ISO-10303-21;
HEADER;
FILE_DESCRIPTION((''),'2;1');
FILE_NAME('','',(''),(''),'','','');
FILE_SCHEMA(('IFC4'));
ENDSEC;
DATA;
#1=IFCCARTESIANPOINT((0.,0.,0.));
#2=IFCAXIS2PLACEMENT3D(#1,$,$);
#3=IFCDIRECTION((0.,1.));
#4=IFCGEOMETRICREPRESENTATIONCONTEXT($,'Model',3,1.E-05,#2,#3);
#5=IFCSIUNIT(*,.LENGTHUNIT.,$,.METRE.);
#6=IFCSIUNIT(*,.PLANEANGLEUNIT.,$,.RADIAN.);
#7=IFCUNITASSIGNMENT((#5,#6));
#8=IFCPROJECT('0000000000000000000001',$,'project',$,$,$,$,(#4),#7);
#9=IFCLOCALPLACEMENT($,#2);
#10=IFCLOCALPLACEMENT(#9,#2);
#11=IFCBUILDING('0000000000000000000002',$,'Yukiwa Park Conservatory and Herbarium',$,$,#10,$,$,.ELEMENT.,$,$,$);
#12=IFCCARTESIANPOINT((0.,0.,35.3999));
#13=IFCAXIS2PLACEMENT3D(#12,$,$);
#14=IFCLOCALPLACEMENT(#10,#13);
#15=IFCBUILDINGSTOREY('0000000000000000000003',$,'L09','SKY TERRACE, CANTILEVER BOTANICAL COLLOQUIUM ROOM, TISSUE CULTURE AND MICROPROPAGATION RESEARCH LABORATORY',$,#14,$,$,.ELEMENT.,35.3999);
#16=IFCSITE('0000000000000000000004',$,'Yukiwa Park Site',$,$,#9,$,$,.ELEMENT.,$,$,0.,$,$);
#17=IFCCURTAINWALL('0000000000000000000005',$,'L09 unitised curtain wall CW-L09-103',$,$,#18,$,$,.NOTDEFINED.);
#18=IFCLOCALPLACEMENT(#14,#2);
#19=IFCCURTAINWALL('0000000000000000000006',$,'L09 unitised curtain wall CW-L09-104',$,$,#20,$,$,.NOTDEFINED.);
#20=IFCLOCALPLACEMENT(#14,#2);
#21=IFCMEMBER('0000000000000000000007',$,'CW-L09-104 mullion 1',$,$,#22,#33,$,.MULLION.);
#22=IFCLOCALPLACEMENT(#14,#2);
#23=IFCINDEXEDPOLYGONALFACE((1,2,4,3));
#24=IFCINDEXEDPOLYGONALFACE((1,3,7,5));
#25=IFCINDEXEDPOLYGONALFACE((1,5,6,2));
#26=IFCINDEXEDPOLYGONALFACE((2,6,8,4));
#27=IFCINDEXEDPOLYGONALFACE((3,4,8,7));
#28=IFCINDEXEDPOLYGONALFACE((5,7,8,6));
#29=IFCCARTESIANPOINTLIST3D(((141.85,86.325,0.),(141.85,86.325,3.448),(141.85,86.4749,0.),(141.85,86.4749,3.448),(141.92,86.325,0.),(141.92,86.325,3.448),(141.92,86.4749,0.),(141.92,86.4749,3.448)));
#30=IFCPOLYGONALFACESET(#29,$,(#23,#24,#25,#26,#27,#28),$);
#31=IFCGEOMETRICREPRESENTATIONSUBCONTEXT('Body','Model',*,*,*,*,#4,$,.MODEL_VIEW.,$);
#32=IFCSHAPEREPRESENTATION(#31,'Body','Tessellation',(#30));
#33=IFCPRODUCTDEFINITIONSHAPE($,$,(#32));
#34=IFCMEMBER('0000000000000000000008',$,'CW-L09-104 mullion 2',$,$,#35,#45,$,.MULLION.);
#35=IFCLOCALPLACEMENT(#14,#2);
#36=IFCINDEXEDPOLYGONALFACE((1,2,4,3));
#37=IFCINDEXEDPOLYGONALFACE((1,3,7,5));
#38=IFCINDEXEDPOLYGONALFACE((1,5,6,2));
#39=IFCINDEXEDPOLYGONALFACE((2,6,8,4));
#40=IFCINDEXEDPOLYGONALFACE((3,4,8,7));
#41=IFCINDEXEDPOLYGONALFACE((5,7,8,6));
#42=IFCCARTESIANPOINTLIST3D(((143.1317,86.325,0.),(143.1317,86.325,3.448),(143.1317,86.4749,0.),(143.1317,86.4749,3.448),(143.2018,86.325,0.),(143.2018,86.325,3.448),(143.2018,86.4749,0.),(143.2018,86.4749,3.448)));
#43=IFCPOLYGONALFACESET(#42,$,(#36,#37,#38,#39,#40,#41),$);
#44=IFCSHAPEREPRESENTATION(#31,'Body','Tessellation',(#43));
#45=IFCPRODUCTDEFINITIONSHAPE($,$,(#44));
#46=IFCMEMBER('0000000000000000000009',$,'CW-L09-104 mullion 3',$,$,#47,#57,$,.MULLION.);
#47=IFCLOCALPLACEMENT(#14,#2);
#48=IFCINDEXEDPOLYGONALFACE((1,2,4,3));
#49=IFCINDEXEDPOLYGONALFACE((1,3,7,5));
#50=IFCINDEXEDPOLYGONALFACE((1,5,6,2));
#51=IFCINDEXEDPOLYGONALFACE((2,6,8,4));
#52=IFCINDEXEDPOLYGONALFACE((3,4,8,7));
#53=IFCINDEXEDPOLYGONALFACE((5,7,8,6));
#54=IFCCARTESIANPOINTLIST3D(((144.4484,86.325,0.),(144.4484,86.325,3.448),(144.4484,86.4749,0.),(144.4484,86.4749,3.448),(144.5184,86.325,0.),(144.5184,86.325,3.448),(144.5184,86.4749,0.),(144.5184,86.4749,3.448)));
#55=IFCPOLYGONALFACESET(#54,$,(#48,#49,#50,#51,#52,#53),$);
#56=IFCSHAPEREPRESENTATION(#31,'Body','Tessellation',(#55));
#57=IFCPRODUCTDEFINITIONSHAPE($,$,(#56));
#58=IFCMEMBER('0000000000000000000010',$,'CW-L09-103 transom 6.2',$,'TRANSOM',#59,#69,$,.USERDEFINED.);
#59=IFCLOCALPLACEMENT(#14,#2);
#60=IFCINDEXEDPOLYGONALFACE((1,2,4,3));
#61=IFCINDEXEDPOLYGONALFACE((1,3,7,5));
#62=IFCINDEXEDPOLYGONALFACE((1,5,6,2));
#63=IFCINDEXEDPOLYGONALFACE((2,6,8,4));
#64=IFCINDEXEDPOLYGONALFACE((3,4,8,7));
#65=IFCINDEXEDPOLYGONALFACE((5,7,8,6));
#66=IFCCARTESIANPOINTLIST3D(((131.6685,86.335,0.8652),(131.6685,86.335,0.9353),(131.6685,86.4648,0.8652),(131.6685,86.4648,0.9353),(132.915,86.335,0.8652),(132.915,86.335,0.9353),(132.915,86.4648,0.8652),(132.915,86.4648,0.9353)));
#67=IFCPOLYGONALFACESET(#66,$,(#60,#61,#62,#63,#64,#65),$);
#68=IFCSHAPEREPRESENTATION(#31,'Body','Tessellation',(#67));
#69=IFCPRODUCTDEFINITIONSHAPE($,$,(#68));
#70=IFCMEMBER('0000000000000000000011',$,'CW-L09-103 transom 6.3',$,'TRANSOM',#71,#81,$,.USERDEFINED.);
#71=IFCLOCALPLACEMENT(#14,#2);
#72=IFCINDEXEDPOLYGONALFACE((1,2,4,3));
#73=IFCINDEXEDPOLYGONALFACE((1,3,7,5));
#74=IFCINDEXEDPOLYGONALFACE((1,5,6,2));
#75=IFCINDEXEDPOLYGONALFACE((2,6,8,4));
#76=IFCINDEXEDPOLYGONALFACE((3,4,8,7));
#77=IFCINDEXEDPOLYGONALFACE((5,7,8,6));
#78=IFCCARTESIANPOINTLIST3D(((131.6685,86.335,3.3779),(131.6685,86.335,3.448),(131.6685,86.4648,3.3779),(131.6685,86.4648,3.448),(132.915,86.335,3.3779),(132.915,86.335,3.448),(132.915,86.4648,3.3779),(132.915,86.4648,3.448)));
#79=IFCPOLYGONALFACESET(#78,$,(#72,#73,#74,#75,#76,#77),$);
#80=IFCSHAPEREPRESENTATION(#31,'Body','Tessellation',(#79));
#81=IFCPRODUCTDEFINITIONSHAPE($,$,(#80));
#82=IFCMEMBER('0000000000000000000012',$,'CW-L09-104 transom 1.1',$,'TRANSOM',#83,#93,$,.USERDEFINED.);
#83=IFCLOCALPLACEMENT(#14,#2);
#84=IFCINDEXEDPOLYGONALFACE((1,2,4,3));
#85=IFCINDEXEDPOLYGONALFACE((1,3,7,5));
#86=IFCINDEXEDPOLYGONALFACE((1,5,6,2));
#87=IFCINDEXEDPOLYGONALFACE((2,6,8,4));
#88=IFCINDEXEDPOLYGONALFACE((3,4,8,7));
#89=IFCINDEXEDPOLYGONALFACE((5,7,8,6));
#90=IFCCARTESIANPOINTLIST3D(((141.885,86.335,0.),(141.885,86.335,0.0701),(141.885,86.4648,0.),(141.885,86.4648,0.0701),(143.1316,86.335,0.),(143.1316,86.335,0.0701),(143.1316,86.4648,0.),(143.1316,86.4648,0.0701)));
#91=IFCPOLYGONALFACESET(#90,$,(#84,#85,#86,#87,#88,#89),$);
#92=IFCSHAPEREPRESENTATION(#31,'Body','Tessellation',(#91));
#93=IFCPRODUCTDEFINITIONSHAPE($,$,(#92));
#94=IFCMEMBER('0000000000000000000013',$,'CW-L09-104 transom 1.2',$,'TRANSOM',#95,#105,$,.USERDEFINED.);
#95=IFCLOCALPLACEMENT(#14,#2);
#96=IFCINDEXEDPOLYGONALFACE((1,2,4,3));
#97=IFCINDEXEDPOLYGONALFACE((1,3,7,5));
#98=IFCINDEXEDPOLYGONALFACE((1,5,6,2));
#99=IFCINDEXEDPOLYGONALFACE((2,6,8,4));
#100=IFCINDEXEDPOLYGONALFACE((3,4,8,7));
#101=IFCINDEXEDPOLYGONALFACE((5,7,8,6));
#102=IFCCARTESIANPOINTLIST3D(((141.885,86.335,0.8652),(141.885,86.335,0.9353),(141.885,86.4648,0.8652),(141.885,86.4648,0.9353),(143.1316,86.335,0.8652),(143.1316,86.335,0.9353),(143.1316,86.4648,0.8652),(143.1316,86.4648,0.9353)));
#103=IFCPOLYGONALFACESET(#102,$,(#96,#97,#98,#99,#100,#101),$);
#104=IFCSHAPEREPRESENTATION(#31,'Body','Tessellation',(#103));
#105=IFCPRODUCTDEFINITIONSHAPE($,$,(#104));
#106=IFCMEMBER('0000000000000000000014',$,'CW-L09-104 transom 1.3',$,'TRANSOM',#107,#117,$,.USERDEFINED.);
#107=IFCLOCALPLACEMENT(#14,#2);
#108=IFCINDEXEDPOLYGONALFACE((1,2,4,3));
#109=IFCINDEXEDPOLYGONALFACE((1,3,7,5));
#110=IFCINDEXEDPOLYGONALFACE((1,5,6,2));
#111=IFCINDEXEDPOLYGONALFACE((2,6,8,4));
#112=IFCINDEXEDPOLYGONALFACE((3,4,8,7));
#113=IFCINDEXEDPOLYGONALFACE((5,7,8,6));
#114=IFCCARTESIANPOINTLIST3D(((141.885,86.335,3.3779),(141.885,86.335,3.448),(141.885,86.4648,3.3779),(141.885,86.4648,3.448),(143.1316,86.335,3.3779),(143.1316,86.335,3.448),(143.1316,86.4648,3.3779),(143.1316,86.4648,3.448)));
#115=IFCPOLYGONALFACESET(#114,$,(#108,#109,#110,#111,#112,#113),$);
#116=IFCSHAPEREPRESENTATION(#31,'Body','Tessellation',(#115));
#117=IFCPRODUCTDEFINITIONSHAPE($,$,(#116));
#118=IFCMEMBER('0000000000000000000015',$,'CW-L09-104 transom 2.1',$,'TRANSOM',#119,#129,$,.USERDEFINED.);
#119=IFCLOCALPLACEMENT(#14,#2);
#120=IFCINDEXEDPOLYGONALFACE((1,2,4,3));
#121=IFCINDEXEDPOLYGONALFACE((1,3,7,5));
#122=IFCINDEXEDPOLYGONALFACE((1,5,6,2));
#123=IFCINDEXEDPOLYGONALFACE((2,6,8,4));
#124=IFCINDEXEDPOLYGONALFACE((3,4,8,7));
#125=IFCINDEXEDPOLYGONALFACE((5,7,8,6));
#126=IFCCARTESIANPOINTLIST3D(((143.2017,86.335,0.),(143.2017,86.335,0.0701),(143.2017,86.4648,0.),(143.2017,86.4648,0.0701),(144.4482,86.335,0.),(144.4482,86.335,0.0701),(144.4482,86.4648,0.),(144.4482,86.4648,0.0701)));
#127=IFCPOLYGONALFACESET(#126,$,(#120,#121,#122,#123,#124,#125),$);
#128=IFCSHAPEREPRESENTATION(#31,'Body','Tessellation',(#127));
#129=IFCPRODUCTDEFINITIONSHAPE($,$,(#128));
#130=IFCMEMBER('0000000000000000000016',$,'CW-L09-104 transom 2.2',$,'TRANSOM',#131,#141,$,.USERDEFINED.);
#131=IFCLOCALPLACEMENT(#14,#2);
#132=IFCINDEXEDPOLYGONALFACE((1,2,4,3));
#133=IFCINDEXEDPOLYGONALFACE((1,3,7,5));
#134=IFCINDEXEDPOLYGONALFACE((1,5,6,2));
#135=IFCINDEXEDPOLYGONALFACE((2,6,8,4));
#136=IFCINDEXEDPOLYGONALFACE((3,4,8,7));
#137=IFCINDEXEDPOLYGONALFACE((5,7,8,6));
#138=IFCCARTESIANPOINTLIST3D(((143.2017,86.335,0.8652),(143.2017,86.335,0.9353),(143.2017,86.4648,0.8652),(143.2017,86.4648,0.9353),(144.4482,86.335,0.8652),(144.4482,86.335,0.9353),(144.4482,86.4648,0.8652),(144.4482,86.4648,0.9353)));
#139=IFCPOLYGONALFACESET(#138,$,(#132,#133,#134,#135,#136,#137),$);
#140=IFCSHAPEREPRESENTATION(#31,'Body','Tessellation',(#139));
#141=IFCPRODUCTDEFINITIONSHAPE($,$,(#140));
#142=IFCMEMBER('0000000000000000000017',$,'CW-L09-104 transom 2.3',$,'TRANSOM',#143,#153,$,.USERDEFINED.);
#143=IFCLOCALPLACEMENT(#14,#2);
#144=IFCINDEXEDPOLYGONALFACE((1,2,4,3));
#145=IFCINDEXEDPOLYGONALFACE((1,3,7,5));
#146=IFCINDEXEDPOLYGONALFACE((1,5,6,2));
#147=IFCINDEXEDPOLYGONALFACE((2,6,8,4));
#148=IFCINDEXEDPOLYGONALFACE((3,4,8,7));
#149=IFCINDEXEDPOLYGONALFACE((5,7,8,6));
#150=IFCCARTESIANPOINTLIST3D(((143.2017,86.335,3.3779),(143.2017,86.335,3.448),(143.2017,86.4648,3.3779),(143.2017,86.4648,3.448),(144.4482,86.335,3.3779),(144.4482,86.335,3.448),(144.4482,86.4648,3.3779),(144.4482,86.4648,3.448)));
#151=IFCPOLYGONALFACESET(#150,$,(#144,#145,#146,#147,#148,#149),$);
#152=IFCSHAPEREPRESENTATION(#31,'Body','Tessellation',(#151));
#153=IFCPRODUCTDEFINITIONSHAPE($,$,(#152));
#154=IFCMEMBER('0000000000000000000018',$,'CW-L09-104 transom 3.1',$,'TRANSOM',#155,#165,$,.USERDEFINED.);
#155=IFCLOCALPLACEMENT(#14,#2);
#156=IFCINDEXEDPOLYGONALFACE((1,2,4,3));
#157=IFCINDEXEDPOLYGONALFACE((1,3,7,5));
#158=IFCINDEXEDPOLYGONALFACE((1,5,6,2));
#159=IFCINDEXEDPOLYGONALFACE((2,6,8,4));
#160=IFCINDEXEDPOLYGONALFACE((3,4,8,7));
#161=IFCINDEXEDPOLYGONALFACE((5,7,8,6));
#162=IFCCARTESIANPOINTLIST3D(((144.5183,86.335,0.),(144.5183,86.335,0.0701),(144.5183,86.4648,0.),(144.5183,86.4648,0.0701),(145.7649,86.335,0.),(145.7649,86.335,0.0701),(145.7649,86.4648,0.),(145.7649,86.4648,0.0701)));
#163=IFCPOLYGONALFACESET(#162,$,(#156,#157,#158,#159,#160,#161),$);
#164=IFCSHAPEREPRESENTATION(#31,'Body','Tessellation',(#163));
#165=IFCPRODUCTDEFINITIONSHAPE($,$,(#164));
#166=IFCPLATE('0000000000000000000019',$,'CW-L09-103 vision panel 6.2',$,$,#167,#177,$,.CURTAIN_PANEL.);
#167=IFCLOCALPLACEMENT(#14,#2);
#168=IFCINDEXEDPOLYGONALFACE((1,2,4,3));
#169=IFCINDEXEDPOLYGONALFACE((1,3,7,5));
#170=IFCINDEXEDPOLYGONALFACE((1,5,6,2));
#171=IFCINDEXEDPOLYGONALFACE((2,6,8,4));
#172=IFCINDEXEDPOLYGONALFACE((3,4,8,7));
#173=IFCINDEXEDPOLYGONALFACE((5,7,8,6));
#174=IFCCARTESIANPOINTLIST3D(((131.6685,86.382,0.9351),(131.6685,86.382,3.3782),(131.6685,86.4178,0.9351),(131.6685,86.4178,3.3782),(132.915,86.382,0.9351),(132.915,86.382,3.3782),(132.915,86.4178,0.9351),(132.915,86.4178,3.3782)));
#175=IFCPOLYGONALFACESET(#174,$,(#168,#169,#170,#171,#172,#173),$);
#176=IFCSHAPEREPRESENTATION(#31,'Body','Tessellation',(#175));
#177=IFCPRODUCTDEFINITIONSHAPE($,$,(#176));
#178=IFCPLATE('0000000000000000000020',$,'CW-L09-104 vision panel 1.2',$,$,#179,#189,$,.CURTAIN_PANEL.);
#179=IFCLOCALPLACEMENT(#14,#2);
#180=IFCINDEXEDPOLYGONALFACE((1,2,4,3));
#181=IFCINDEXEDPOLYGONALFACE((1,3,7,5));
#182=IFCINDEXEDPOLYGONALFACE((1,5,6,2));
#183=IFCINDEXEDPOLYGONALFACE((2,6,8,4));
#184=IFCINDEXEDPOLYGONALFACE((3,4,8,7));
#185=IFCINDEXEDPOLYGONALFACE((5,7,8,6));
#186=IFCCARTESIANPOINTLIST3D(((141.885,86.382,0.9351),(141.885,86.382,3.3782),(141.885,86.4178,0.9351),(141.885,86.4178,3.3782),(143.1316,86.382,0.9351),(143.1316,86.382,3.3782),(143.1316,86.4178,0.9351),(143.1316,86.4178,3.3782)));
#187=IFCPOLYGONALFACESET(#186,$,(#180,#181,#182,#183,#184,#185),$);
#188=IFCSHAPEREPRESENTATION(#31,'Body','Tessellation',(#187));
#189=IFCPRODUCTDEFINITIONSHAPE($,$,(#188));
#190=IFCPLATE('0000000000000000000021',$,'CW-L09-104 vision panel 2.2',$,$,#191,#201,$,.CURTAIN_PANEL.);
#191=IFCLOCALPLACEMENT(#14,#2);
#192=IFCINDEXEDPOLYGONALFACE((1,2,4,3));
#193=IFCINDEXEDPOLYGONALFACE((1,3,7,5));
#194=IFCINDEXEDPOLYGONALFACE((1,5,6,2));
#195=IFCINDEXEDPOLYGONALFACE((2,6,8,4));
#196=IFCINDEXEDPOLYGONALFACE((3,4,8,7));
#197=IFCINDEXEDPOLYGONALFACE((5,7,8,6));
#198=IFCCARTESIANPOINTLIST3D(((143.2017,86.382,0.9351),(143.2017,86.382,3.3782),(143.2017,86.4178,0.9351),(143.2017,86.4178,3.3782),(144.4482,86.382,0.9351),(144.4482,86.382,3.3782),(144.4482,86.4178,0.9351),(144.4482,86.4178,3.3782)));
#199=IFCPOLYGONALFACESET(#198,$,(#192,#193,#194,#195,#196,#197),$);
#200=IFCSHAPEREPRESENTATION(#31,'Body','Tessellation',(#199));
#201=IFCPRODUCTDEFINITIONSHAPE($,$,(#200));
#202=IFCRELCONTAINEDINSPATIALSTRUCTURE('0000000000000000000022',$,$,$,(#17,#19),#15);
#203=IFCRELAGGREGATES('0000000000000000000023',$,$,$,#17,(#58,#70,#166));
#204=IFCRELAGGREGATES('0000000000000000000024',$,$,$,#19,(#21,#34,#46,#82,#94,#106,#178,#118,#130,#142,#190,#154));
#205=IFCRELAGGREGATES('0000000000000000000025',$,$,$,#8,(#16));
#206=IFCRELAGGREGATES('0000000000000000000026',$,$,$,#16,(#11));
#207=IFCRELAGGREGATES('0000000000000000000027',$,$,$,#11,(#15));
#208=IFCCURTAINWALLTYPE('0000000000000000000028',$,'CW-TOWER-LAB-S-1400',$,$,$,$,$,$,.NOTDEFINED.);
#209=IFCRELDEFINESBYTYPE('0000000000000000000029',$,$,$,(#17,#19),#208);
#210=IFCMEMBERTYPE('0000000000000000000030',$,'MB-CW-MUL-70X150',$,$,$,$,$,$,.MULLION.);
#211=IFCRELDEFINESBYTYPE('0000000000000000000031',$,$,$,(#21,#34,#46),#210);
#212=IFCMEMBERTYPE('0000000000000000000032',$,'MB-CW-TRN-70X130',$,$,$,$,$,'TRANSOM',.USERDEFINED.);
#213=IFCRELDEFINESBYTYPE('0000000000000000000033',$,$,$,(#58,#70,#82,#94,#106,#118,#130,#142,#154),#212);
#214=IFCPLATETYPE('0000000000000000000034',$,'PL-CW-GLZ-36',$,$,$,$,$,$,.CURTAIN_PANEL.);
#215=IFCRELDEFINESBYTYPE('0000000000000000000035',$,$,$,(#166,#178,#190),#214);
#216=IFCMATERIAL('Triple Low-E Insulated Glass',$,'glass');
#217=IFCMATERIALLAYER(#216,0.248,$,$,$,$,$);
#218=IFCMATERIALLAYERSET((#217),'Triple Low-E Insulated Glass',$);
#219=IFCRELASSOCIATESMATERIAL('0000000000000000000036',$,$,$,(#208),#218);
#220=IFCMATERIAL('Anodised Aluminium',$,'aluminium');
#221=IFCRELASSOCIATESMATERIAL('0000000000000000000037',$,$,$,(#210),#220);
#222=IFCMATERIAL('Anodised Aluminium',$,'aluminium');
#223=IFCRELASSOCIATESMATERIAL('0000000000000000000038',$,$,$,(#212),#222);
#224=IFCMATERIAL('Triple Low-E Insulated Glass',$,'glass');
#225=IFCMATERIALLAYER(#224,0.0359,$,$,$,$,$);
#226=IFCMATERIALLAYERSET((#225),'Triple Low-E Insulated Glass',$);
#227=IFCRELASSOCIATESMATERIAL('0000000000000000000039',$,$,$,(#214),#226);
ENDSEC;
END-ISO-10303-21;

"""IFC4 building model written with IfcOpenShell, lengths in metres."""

from ifc_helpers import new_model, si_unit, direction, frame, origin, origin_2d, place, context, subcontext, project, spatial, rectangle, extrude, material, layer, layer_set, type_object, element, aggregate, save


model = new_model("IFC4")

# Units and contexts
model_context = context("Model", 3, precision=1e-05, world=origin(), true_north=direction((0.0, 1.0)))
body_context = subcontext(model_context, "Body", "Model", "MODEL_VIEW")
ifc_project = project(units=[si_unit("LENGTHUNIT", "METRE"), si_unit("PLANEANGLEUNIT", "RADIAN")], contexts=[model_context])

# Site, building, storey
site_placement = place(None, origin())
site = spatial("IfcSite", under=ifc_project, at=site_placement, Name="Yukiwa Park Site", CompositionType="ELEMENT", RefElevation=0.0)
building_placement = place(site_placement, origin())
building = spatial("IfcBuilding", under=site, at=building_placement, Name="Yukiwa Park Conservatory and Herbarium", CompositionType="ELEMENT")
storey_placement = place(building_placement, frame((0.0, 0.0, 35.3999)))
storey = spatial("IfcBuildingStorey", under=building, at=storey_placement, Name="L09", Description="SKY TERRACE, CANTILEVER BOTANICAL COLLOQUIUM ROOM, TISSUE CULTURE AND MICROPROPAGATION RESEARCH LABORATORY", CompositionType="ELEMENT", Elevation=35.3999)

# Curtain wall
ifc_material_1 = material(Name="Triple Low-E Insulated Glass", Category="glass")
ifc_layer_1 = layer(ifc_material_1, 0.248)
ifc_layer_set_1 = layer_set([ifc_layer_1], Name="Triple Low-E Insulated Glass")
curtain_wall_type = type_object("IfcCurtainWallType", Name="CW-TOWER-LAB-S-1400", PredefinedType="NOTDEFINED", material=ifc_layer_set_1)
curtain_wall_1_placement = place(storey_placement, origin())
curtain_wall_1 = element("IfcCurtainWall", 1, at=curtain_wall_1_placement, inside=storey, type_object=curtain_wall_type, Name="L09 unitised curtain wall CW-L09-103", PredefinedType="NOTDEFINED")
ifc_material_2 = material(Name="Anodised Aluminium", Category="aluminium")
member_type_1 = type_object("IfcMemberType", Name="MB-CW-MUL-70X150", PredefinedType="MULLION", material=ifc_material_2)

# Curtain wall, members
curtain_wall_2_placement = place(storey_placement, origin())
curtain_wall_2 = element("IfcCurtainWall", 2, at=curtain_wall_2_placement, inside=storey, type_object=curtain_wall_type, Name="L09 unitised curtain wall CW-L09-104", PredefinedType="NOTDEFINED")
member_1_placement = place(storey_placement, frame((141.885, 86.3999, 0.0), z_axis=(0.0, 0.0, 1.0), x_axis=(1.0, 0.0, 0.0)))
member_1 = element("IfcMember", 3, at=member_1_placement, type_object=member_type_1, Name="CW-L09-104 mullion 1", PredefinedType="MULLION", context=body_context, shape_type="SweptSolid", body=[
    extrude(rectangle(XDim=0.0701, YDim=0.1499, at=origin_2d()), origin(), (0.0, 0.0, 1.0), 3.448),
])
member_2_placement = place(storey_placement, frame((143.1667, 86.3999, 0.0), z_axis=(0.0, 0.0, 1.0), x_axis=(1.0, 0.0, 0.0)))
member_2 = element("IfcMember", 4, at=member_2_placement, type_object=member_type_1, Name="CW-L09-104 mullion 2", PredefinedType="MULLION", context=body_context, shape_type="SweptSolid", body=[
    extrude(rectangle(XDim=0.0701, YDim=0.1499, at=origin_2d()), origin(), (0.0, 0.0, 1.0), 3.448),
])
member_3_placement = place(storey_placement, frame((144.4834, 86.3999, 0.0), z_axis=(0.0, 0.0, 1.0), x_axis=(1.0, 0.0, 0.0)))
member_3 = element("IfcMember", 5, at=member_3_placement, type_object=member_type_1, Name="CW-L09-104 mullion 3", PredefinedType="MULLION", context=body_context, shape_type="SweptSolid", body=[
    extrude(rectangle(XDim=0.0701, YDim=0.1499, at=origin_2d()), origin(), (0.0, 0.0, 1.0), 3.448),
])

# Members
ifc_material_3 = material(Name="Anodised Aluminium", Category="aluminium")
member_type_2 = type_object("IfcMemberType", Name="MB-CW-TRN-70X130", ElementType="TRANSOM", PredefinedType="USERDEFINED", material=ifc_material_3)
member_4_placement = place(storey_placement, frame((132.2917, 86.3999, 0.8652), z_axis=(0.0, 0.0, 1.0), x_axis=(1.0, 0.0, 0.0)))
member_4 = element("IfcMember", 6, at=member_4_placement, type_object=member_type_2, Name="CW-L09-103 transom 6.2", ObjectType="TRANSOM", PredefinedType="USERDEFINED", context=body_context, shape_type="SweptSolid", body=[
    extrude(rectangle(XDim=1.2466, YDim=0.1299, at=origin_2d()), origin(), (0.0, 0.0, 1.0), 0.0701),
])
member_5_placement = place(storey_placement, frame((132.2917, 86.3999, 3.3779), z_axis=(0.0, 0.0, 1.0), x_axis=(1.0, 0.0, 0.0)))
member_5 = element("IfcMember", 7, at=member_5_placement, type_object=member_type_2, Name="CW-L09-103 transom 6.3", ObjectType="TRANSOM", PredefinedType="USERDEFINED", context=body_context, shape_type="SweptSolid", body=[
    extrude(rectangle(XDim=1.2466, YDim=0.1299, at=origin_2d()), origin(), (0.0, 0.0, 1.0), 0.0701),
])
member_6_placement = place(storey_placement, frame((142.5083, 86.3999, 0.0), z_axis=(0.0, 0.0, 1.0), x_axis=(1.0, 0.0, 0.0)))
member_6 = element("IfcMember", 8, at=member_6_placement, type_object=member_type_2, Name="CW-L09-104 transom 1.1", ObjectType="TRANSOM", PredefinedType="USERDEFINED", context=body_context, shape_type="SweptSolid", body=[
    extrude(rectangle(XDim=1.2466, YDim=0.1299, at=origin_2d()), origin(), (0.0, 0.0, 1.0), 0.0701),
])
member_7_placement = place(storey_placement, frame((142.5083, 86.3999, 0.8652), z_axis=(0.0, 0.0, 1.0), x_axis=(1.0, 0.0, 0.0)))
member_7 = element("IfcMember", 9, at=member_7_placement, type_object=member_type_2, Name="CW-L09-104 transom 1.2", ObjectType="TRANSOM", PredefinedType="USERDEFINED", context=body_context, shape_type="SweptSolid", body=[
    extrude(rectangle(XDim=1.2466, YDim=0.1299, at=origin_2d()), origin(), (0.0, 0.0, 1.0), 0.0701),
])
member_8_placement = place(storey_placement, frame((142.5083, 86.3999, 3.3779), z_axis=(0.0, 0.0, 1.0), x_axis=(1.0, 0.0, 0.0)))
member_8 = element("IfcMember", 10, at=member_8_placement, type_object=member_type_2, Name="CW-L09-104 transom 1.3", ObjectType="TRANSOM", PredefinedType="USERDEFINED", context=body_context, shape_type="SweptSolid", body=[
    extrude(rectangle(XDim=1.2466, YDim=0.1299, at=origin_2d()), origin(), (0.0, 0.0, 1.0), 0.0701),
])
member_9_placement = place(storey_placement, frame((143.825, 86.3999, 0.0), z_axis=(0.0, 0.0, 1.0), x_axis=(1.0, 0.0, 0.0)))
member_9 = element("IfcMember", 11, at=member_9_placement, type_object=member_type_2, Name="CW-L09-104 transom 2.1", ObjectType="TRANSOM", PredefinedType="USERDEFINED", context=body_context, shape_type="SweptSolid", body=[
    extrude(rectangle(XDim=1.2466, YDim=0.1299, at=origin_2d()), origin(), (0.0, 0.0, 1.0), 0.0701),
])
member_10_placement = place(storey_placement, frame((143.825, 86.3999, 0.8652), z_axis=(0.0, 0.0, 1.0), x_axis=(1.0, 0.0, 0.0)))
member_10 = element("IfcMember", 12, at=member_10_placement, type_object=member_type_2, Name="CW-L09-104 transom 2.2", ObjectType="TRANSOM", PredefinedType="USERDEFINED", context=body_context, shape_type="SweptSolid", body=[
    extrude(rectangle(XDim=1.2466, YDim=0.1299, at=origin_2d()), origin(), (0.0, 0.0, 1.0), 0.0701),
])
member_11_placement = place(storey_placement, frame((143.825, 86.3999, 3.3779), z_axis=(0.0, 0.0, 1.0), x_axis=(1.0, 0.0, 0.0)))
member_11 = element("IfcMember", 13, at=member_11_placement, type_object=member_type_2, Name="CW-L09-104 transom 2.3", ObjectType="TRANSOM", PredefinedType="USERDEFINED", context=body_context, shape_type="SweptSolid", body=[
    extrude(rectangle(XDim=1.2466, YDim=0.1299, at=origin_2d()), origin(), (0.0, 0.0, 1.0), 0.0701),
])
member_12_placement = place(storey_placement, frame((145.1416, 86.3999, 0.0), z_axis=(0.0, 0.0, 1.0), x_axis=(1.0, 0.0, 0.0)))
member_12 = element("IfcMember", 14, at=member_12_placement, type_object=member_type_2, Name="CW-L09-104 transom 3.1", ObjectType="TRANSOM", PredefinedType="USERDEFINED", context=body_context, shape_type="SweptSolid", body=[
    extrude(rectangle(XDim=1.2466, YDim=0.1299, at=origin_2d()), origin(), (0.0, 0.0, 1.0), 0.0701),
])

# Plates
ifc_material_4 = material(Name="Triple Low-E Insulated Glass", Category="glass")
ifc_layer_2 = layer(ifc_material_4, 0.0359)
ifc_layer_set_2 = layer_set([ifc_layer_2], Name="Triple Low-E Insulated Glass")
plate_type_1 = type_object("IfcPlateType", Name="PL-CW-GLZ-36", PredefinedType="CURTAIN_PANEL", material=ifc_layer_set_2)
plate_1_placement = place(storey_placement, frame((132.2917, 86.3999, 0.9351), z_axis=(0.0, 0.0, 1.0), x_axis=(1.0, 0.0, 0.0)))
plate_1 = element("IfcPlate", 15, at=plate_1_placement, type_object=plate_type_1, Name="CW-L09-103 vision panel 6.2", PredefinedType="CURTAIN_PANEL", context=body_context, shape_type="SweptSolid", body=[
    extrude(rectangle(XDim=1.2466, YDim=0.0359, at=origin_2d()), origin(), (0.0, 0.0, 1.0), 2.4431),
])
plate_2_placement = place(storey_placement, frame((142.5083, 86.3999, 0.9351), z_axis=(0.0, 0.0, 1.0), x_axis=(1.0, 0.0, 0.0)))
plate_2 = element("IfcPlate", 16, at=plate_2_placement, type_object=plate_type_1, Name="CW-L09-104 vision panel 1.2", PredefinedType="CURTAIN_PANEL", context=body_context, shape_type="SweptSolid", body=[
    extrude(rectangle(XDim=1.2466, YDim=0.0359, at=origin_2d()), origin(), (0.0, 0.0, 1.0), 2.4431),
])
plate_3_placement = place(storey_placement, frame((143.825, 86.3999, 0.9351), z_axis=(0.0, 0.0, 1.0), x_axis=(1.0, 0.0, 0.0)))
plate_3 = element("IfcPlate", 17, at=plate_3_placement, type_object=plate_type_1, Name="CW-L09-104 vision panel 2.2", PredefinedType="CURTAIN_PANEL", context=body_context, shape_type="SweptSolid", body=[
    extrude(rectangle(XDim=1.2466, YDim=0.0359, at=origin_2d()), origin(), (0.0, 0.0, 1.0), 2.4431),
])
aggregate(curtain_wall_1, [member_4, member_5, plate_1])
aggregate(curtain_wall_2, [member_1, member_2, member_3, member_6, member_7, member_8, plate_2, member_9, member_10, member_11, plate_3, member_12])

save(model, "model.ifc")
